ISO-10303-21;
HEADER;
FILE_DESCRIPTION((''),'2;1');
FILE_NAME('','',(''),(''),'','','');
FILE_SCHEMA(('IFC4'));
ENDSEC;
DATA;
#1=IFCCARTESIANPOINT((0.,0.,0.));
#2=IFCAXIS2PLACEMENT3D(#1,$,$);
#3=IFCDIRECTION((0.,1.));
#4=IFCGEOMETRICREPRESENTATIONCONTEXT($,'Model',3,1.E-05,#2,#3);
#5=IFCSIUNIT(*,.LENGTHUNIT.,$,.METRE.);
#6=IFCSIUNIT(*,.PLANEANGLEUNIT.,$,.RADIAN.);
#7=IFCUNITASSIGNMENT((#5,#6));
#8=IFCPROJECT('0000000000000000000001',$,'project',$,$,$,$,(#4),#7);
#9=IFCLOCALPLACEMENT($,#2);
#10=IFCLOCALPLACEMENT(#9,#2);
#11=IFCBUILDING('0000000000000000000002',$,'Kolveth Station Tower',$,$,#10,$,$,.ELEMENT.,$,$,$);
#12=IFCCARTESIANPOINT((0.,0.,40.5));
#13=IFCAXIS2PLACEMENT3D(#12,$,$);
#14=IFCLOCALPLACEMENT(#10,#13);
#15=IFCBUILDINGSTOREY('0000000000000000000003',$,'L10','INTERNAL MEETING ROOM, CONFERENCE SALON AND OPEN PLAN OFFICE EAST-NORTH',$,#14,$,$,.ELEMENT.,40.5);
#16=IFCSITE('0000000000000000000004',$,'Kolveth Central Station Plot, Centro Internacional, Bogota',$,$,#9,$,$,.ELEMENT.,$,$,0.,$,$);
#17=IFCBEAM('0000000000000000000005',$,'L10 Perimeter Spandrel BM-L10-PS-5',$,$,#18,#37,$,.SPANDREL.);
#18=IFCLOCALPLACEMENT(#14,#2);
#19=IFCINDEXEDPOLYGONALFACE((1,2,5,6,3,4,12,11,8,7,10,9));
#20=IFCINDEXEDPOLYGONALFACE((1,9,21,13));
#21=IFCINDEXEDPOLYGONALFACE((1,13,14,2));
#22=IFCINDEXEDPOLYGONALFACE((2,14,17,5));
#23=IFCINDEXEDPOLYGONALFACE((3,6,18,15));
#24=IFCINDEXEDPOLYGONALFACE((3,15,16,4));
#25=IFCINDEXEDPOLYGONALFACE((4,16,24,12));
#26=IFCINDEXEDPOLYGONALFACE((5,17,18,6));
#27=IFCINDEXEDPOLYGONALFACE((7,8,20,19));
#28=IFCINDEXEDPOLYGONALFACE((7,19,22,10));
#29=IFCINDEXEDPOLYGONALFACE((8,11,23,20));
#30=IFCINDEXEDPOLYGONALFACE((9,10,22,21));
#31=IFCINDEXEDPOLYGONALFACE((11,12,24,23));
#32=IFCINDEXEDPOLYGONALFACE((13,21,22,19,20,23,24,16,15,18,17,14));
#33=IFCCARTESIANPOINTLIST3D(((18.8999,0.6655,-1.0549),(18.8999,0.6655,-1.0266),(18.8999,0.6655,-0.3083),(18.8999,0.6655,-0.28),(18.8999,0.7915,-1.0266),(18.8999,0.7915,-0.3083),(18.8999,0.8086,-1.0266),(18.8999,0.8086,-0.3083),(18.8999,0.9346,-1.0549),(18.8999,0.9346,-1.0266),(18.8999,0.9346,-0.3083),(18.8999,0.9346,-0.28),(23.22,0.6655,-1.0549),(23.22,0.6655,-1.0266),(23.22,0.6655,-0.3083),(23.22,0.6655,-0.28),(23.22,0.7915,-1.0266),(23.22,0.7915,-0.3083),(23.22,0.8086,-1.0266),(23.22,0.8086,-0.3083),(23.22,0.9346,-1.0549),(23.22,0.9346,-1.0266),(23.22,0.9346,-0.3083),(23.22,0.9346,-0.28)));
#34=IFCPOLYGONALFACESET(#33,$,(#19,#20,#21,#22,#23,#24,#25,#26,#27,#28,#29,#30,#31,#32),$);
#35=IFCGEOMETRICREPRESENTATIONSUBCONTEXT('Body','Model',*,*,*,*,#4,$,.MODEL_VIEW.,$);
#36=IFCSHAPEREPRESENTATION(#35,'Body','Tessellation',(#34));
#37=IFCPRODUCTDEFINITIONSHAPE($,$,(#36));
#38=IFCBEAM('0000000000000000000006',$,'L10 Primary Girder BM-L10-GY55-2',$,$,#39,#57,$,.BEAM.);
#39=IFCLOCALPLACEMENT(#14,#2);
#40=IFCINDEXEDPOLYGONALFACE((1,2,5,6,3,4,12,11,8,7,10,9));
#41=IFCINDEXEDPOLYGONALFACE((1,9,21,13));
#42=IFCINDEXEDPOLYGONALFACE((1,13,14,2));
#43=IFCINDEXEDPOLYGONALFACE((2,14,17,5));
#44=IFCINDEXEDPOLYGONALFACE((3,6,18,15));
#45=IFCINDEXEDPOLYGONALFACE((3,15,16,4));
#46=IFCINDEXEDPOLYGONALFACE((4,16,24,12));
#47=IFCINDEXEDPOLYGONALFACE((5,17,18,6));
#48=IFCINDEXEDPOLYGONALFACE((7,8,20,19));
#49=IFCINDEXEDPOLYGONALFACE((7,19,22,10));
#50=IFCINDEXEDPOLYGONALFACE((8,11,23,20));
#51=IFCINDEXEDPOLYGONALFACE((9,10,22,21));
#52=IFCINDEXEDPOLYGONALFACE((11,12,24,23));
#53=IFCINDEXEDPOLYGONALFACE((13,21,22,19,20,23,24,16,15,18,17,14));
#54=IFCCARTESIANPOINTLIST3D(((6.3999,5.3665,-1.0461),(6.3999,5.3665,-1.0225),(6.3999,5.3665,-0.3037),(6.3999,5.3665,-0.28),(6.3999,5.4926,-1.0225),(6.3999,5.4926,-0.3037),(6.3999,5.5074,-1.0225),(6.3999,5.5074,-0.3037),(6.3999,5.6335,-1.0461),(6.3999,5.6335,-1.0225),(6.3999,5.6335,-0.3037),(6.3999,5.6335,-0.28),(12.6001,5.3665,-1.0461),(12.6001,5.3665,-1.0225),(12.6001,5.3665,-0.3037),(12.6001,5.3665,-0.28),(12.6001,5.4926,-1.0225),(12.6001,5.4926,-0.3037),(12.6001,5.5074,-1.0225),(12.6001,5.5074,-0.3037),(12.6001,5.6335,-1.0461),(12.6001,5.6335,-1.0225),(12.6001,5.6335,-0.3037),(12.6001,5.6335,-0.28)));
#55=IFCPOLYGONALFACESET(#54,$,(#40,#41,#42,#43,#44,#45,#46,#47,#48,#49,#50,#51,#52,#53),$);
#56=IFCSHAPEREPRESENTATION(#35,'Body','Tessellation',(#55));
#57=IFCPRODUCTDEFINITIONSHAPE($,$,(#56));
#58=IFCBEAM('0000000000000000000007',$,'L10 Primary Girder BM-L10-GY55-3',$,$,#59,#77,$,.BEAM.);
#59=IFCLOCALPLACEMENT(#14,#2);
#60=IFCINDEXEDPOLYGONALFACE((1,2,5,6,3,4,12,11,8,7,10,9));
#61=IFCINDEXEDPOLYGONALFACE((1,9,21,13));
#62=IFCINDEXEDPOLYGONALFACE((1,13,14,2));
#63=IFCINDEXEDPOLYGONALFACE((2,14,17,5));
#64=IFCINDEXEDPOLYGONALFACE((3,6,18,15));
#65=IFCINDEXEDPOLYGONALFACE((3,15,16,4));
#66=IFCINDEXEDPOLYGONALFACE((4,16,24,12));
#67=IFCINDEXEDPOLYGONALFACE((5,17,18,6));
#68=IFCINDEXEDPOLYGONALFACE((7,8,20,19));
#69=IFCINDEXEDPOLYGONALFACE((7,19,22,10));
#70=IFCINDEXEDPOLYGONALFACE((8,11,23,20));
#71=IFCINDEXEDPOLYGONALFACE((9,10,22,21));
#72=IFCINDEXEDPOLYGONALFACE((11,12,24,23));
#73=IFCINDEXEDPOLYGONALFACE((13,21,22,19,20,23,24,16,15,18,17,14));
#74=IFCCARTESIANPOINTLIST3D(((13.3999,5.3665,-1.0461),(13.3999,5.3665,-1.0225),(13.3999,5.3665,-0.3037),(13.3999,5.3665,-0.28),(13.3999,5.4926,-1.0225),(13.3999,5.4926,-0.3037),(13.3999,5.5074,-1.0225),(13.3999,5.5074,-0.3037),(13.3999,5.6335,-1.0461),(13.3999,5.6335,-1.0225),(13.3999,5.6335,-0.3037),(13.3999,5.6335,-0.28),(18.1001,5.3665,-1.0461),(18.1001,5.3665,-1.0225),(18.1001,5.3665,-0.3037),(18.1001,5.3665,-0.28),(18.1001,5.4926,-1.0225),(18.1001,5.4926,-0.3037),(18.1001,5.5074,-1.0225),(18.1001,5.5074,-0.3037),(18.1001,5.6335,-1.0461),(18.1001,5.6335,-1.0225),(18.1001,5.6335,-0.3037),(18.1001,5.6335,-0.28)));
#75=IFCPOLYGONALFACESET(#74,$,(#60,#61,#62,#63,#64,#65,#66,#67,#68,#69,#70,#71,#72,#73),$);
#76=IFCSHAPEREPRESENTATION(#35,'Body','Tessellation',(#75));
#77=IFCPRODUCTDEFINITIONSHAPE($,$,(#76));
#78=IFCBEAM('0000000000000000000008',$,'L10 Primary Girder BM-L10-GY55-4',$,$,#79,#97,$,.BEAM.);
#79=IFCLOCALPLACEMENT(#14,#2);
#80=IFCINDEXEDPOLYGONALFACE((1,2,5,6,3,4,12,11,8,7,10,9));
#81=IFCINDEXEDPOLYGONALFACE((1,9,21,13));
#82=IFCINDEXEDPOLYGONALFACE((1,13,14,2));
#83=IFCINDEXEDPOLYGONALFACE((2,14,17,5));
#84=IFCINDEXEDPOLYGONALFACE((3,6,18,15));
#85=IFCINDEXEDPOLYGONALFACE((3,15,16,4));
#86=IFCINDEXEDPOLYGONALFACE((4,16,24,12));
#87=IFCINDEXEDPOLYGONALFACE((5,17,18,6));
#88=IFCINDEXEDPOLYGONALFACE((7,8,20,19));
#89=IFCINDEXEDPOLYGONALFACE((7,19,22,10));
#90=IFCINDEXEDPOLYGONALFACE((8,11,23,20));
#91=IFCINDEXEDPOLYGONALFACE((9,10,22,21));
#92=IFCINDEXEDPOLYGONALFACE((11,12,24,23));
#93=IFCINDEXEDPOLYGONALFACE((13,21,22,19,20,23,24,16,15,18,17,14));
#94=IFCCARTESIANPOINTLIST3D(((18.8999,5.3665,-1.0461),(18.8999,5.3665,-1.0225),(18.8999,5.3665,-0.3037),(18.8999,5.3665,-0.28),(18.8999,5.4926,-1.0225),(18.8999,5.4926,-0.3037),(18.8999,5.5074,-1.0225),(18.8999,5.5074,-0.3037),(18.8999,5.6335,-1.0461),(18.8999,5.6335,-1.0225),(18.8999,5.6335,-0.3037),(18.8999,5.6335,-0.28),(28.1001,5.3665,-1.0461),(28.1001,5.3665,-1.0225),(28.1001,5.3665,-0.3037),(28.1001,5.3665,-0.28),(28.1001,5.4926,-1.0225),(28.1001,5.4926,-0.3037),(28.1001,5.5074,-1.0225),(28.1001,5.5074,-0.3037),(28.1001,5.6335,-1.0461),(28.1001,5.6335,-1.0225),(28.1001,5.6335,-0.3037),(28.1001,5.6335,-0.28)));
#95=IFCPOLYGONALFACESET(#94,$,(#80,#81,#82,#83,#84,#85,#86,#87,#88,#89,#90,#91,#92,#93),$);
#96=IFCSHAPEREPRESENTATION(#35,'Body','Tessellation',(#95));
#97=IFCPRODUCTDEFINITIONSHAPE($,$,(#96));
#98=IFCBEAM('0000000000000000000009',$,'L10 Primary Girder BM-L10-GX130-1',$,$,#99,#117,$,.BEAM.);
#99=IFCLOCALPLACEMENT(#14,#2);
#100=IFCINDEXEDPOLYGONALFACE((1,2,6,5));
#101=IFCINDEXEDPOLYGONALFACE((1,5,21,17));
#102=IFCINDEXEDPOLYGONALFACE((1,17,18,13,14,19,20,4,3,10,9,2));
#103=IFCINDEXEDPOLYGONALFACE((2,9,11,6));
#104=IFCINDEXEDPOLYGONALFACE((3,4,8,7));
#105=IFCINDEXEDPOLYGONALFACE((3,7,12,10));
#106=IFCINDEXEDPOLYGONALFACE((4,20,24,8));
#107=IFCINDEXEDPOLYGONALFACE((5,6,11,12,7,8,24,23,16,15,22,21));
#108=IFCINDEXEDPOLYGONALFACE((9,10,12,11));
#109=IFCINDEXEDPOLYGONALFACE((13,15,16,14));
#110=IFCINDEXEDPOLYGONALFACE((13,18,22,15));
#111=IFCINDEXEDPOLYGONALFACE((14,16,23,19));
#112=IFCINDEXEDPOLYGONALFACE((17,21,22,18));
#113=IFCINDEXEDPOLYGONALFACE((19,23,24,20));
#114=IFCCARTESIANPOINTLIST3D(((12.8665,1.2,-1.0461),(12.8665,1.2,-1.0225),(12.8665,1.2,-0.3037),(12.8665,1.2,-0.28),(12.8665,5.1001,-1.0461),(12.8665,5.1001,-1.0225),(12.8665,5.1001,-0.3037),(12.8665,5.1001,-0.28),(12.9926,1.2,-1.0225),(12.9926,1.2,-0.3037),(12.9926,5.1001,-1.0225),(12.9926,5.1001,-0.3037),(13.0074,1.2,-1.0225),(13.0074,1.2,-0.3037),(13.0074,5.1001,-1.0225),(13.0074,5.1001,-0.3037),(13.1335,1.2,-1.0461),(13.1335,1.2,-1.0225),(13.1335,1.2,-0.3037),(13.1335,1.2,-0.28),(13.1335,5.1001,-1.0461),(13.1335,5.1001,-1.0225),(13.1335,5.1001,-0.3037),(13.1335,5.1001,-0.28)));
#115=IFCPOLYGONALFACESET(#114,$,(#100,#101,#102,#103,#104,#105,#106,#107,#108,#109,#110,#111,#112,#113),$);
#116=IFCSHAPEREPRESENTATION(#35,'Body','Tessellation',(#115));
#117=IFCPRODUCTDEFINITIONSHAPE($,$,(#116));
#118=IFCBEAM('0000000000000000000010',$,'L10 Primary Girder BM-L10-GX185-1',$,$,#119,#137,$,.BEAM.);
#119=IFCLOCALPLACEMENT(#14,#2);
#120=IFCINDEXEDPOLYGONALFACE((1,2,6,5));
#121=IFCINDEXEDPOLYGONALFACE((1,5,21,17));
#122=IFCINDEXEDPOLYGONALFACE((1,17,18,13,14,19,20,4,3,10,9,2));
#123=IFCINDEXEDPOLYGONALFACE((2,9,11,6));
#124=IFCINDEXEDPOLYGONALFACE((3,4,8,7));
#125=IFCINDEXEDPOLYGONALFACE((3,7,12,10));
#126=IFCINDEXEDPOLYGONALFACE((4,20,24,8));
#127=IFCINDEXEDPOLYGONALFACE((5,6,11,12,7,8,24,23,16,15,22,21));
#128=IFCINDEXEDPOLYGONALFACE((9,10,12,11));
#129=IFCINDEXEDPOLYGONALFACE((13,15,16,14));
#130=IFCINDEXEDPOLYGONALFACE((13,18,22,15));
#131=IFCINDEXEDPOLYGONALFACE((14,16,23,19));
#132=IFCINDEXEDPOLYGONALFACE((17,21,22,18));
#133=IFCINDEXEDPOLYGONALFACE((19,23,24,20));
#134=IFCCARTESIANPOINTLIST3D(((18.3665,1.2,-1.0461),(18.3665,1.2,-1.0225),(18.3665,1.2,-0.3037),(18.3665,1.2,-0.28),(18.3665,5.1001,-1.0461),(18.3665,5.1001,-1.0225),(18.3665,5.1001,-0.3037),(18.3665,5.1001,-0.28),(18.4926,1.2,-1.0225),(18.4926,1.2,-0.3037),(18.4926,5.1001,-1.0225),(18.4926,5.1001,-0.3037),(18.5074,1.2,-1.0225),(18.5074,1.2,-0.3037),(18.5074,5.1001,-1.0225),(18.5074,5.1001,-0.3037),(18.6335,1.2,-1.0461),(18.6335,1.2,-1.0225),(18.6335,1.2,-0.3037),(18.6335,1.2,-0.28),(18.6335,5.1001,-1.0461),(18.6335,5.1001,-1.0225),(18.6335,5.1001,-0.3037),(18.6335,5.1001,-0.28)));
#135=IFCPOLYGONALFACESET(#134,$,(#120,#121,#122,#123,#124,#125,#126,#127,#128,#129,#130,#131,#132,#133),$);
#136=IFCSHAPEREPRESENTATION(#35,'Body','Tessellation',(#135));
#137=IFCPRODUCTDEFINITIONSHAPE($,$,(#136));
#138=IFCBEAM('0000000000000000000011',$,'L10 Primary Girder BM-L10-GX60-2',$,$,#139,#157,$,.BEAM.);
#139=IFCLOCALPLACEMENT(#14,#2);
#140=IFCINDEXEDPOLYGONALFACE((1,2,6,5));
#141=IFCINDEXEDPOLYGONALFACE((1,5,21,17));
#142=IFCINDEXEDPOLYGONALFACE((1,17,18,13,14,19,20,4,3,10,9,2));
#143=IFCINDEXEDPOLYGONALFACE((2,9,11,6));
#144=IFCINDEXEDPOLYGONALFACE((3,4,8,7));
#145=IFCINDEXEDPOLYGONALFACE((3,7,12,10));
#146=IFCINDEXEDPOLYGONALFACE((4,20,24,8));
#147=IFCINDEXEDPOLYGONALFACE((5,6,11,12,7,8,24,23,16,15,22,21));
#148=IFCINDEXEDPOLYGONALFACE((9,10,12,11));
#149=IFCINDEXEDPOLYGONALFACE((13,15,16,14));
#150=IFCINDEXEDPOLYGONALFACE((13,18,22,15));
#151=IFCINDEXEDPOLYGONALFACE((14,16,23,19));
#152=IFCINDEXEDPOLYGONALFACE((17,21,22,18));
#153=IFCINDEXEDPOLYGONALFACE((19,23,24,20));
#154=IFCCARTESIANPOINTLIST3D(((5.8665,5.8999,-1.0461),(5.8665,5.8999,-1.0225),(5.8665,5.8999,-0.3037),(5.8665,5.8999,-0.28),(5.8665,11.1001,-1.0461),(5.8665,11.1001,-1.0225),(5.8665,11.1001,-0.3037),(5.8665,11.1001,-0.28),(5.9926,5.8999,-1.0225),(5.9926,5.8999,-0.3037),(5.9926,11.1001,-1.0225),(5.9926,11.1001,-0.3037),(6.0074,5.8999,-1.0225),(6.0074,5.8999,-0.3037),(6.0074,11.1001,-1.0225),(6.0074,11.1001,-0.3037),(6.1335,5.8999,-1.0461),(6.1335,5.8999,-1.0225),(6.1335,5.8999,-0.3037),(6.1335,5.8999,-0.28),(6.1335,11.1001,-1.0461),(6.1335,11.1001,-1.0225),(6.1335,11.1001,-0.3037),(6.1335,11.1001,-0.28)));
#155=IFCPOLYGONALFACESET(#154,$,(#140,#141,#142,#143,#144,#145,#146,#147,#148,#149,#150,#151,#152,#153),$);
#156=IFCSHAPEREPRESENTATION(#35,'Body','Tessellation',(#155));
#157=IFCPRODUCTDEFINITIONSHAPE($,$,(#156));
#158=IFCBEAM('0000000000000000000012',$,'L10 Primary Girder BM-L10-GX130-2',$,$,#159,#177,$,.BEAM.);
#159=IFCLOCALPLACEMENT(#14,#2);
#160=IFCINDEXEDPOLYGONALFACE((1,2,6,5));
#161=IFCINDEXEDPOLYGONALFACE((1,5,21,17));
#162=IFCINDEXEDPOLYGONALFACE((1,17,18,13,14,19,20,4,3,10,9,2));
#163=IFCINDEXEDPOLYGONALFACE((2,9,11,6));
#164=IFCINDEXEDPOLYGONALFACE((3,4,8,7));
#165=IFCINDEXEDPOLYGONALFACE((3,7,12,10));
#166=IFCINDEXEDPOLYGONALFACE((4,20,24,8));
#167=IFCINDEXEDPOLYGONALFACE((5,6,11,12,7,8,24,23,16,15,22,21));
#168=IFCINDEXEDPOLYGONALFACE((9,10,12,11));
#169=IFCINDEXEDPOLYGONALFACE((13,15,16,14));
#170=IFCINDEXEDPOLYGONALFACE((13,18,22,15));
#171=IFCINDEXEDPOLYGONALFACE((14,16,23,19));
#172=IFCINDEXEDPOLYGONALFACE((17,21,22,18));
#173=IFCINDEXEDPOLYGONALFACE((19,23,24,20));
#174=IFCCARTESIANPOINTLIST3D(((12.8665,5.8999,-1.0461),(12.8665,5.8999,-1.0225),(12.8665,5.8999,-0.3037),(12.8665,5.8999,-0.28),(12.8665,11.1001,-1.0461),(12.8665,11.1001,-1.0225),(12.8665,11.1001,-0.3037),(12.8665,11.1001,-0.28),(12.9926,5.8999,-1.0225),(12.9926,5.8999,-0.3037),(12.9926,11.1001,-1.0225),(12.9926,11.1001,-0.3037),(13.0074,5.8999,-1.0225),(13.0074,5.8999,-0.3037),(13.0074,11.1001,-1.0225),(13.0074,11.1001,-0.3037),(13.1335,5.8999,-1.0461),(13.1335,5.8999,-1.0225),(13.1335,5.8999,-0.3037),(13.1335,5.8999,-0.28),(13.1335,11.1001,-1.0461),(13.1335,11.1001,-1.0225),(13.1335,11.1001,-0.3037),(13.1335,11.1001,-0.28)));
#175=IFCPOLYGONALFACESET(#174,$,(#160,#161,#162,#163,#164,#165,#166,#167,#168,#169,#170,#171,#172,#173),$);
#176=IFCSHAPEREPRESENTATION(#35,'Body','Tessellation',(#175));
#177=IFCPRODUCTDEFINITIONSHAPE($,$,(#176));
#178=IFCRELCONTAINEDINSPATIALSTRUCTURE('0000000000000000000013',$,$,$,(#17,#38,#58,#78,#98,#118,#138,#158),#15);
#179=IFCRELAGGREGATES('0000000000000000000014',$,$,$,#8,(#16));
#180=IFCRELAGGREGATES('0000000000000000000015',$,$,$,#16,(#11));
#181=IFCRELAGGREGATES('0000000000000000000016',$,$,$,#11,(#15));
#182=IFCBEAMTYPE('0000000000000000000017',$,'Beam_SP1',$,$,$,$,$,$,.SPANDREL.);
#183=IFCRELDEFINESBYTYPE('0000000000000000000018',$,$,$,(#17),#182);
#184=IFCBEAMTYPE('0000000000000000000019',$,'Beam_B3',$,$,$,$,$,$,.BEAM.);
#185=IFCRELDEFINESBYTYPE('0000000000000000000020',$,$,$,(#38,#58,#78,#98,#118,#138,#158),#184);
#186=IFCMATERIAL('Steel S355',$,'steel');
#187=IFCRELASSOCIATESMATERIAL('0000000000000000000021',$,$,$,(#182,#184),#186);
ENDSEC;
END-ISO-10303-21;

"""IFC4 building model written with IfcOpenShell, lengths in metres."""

from ifc_helpers import new_model, si_unit, direction, frame, origin, origin_2d, place, context, subcontext, project, spatial, i_section, extrude, source, transform, mapped, material, material_profile, profile_set, type_object, element, save


model = new_model("IFC4")

# Units and contexts
model_context = context("Model", 3, precision=1e-05, world=origin(), true_north=direction((0.0, 1.0)))
body_context = subcontext(model_context, "Body", "Model", "MODEL_VIEW")
ifc_project = project(units=[si_unit("LENGTHUNIT", "METRE"), si_unit("PLANEANGLEUNIT", "RADIAN")], contexts=[model_context])

# Site, building, storey
site_placement = place(None, origin())
site = spatial("IfcSite", under=ifc_project, at=site_placement, Name="Kolveth Central Station Plot, Centro Internacional, Bogota", CompositionType="ELEMENT", RefElevation=0.0)
building_placement = place(site_placement, origin())
building = spatial("IfcBuilding", under=site, at=building_placement, Name="Kolveth Station Tower", CompositionType="ELEMENT")
storey_placement = place(building_placement, frame((0.0, 0.0, 40.5)))
storey = spatial("IfcBuildingStorey", under=building, at=storey_placement, Name="L10", Description="INTERNAL MEETING ROOM, CONFERENCE SALON AND OPEN PLAN OFFICE EAST-NORTH", CompositionType="ELEMENT", Elevation=40.5)

# Shared definitions
ifc_material_1 = material(Name="Steel S355", Category="steel")

# Beams
ifc_material_profile_1 = material_profile(ifc_material_1, i_section(OverallWidth=0.269, OverallDepth=0.7749, WebThickness=0.0171, FlangeThickness=0.0283, at=origin_2d()), Name="W760x220")
ifc_profile_set_1 = profile_set([ifc_material_profile_1], Name="Steel S355")
beam_type_1 = type_object("IfcBeamType", Name="Beam_SP1", PredefinedType="SPANDREL", material=ifc_profile_set_1)
shared_shape_1 = source(origin(), body_context, "Body", "SweptSolid", [
    extrude(i_section(OverallWidth=0.269, OverallDepth=0.7749, WebThickness=0.0171, FlangeThickness=0.0283, at=origin_2d()), origin(), (0.0, 0.0, 1.0), 4.3201),
])
beam_1_placement = place(storey_placement, frame((18.8999, 0.8, -0.6675), z_axis=(1.0, 0.0, 0.0), x_axis=(0.0, 1.0, 0.0)))
element("IfcBeam", 1, at=beam_1_placement, inside=storey, type_object=beam_type_1, Name="L10 Perimeter Spandrel BM-L10-PS-5", PredefinedType="SPANDREL", context=body_context, shape_type="MappedRepresentation", body=[
    mapped(shared_shape_1, transform((0.0, 0.0, 0.0), x_axis=(1.0, 0.0, 0.0), y_axis=(0.0, 1.0, 0.0), z_axis=(0.0, 0.0, 1.0), scale=1.0)),
])
ifc_material_profile_2 = material_profile(ifc_material_1, i_section(OverallWidth=0.2671, OverallDepth=0.7661, WebThickness=0.0149, FlangeThickness=0.0237, at=origin_2d()), Name="W760x185")
ifc_profile_set_2 = profile_set([ifc_material_profile_2], Name="Steel S355")
beam_type_2 = type_object("IfcBeamType", Name="Beam_B3", PredefinedType="BEAM", material=ifc_profile_set_2)
shared_shape_2 = source(origin(), body_context, "Body", "SweptSolid", [
    extrude(i_section(OverallWidth=0.2671, OverallDepth=0.7661, WebThickness=0.0149, FlangeThickness=0.0237, at=origin_2d()), origin(), (0.0, 0.0, 1.0), 6.2002),
])
beam_2_placement = place(storey_placement, frame((6.3999, 5.5, -0.6631), z_axis=(1.0, 0.0, 0.0), x_axis=(0.0, 1.0, 0.0)))
element("IfcBeam", 2, at=beam_2_placement, inside=storey, type_object=beam_type_2, Name="L10 Primary Girder BM-L10-GY55-2", PredefinedType="BEAM", context=body_context, shape_type="MappedRepresentation", body=[
    mapped(shared_shape_2, transform((0.0, 0.0, 0.0), x_axis=(1.0, 0.0, 0.0), y_axis=(0.0, 1.0, 0.0), z_axis=(0.0, 0.0, 1.0), scale=1.0)),
])
shared_shape_3 = source(origin(), body_context, "Body", "SweptSolid", [
    extrude(i_section(OverallWidth=0.2671, OverallDepth=0.7661, WebThickness=0.0149, FlangeThickness=0.0237, at=origin_2d()), origin(), (0.0, 0.0, 1.0), 4.7002),
])
beam_3_placement = place(storey_placement, frame((13.3999, 5.5, -0.6631), z_axis=(1.0, 0.0, 0.0), x_axis=(0.0, 1.0, 0.0)))
element("IfcBeam", 3, at=beam_3_placement, inside=storey, type_object=beam_type_2, Name="L10 Primary Girder BM-L10-GY55-3", PredefinedType="BEAM", context=body_context, shape_type="MappedRepresentation", body=[
    mapped(shared_shape_3, transform((0.0, 0.0, 0.0), x_axis=(1.0, 0.0, 0.0), y_axis=(0.0, 1.0, 0.0), z_axis=(0.0, 0.0, 1.0), scale=1.0)),
])
shared_shape_4 = source(origin(), body_context, "Body", "SweptSolid", [
    extrude(i_section(OverallWidth=0.2671, OverallDepth=0.7661, WebThickness=0.0149, FlangeThickness=0.0237, at=origin_2d()), origin(), (0.0, 0.0, 1.0), 9.2002),
])
beam_4_placement = place(storey_placement, frame((18.8999, 5.5, -0.6631), z_axis=(1.0, 0.0, 0.0), x_axis=(0.0, 1.0, 0.0)))
element("IfcBeam", 4, at=beam_4_placement, inside=storey, type_object=beam_type_2, Name="L10 Primary Girder BM-L10-GY55-4", PredefinedType="BEAM", context=body_context, shape_type="MappedRepresentation", body=[
    mapped(shared_shape_4, transform((0.0, 0.0, 0.0), x_axis=(1.0, 0.0, 0.0), y_axis=(0.0, 1.0, 0.0), z_axis=(0.0, 0.0, 1.0), scale=1.0)),
])
shared_shape_5 = source(origin(), body_context, "Body", "SweptSolid", [
    extrude(i_section(OverallWidth=0.2671, OverallDepth=0.7661, WebThickness=0.0149, FlangeThickness=0.0237, at=origin_2d()), origin(), (0.0, 0.0, 1.0), 3.9001),
])
for number, where, z_axis, x_axis, name in (
    (5, (13.0, 1.2, -0.6631), (0.0, 1.0, 0.0), (-1.0, 0.0, 0.0), "L10 Primary Girder BM-L10-GX130-1"),
    (6, (18.5, 1.2, -0.6631), (0.0, 1.0, 0.0), (-1.0, 0.0, 0.0), "L10 Primary Girder BM-L10-GX185-1"),
):
    element("IfcBeam", number, at=place(storey_placement, frame(where, z_axis=z_axis, x_axis=x_axis)), inside=storey, type_object=beam_type_2, Name=name, PredefinedType="BEAM", context=body_context, shape_type="MappedRepresentation", body=[
        mapped(shared_shape_5, transform((0.0, 0.0, 0.0), x_axis=(1.0, 0.0, 0.0), y_axis=(0.0, 1.0, 0.0), z_axis=(0.0, 0.0, 1.0), scale=1.0)),
    ])
shared_shape_6 = source(origin(), body_context, "Body", "SweptSolid", [
    extrude(i_section(OverallWidth=0.2671, OverallDepth=0.7661, WebThickness=0.0149, FlangeThickness=0.0237, at=origin_2d()), origin(), (0.0, 0.0, 1.0), 5.2002),
])
for number, where, z_axis, x_axis, name in (
    (7, (6.0, 5.8999, -0.6631), (0.0, 1.0, 0.0), (-1.0, 0.0, 0.0), "L10 Primary Girder BM-L10-GX60-2"),
    (8, (13.0, 5.8999, -0.6631), (0.0, 1.0, 0.0), (-1.0, 0.0, 0.0), "L10 Primary Girder BM-L10-GX130-2"),
):
    element("IfcBeam", number, at=place(storey_placement, frame(where, z_axis=z_axis, x_axis=x_axis)), inside=storey, type_object=beam_type_2, Name=name, PredefinedType="BEAM", context=body_context, shape_type="MappedRepresentation", body=[
        mapped(shared_shape_6, transform((0.0, 0.0, 0.0), x_axis=(1.0, 0.0, 0.0), y_axis=(0.0, 1.0, 0.0), z_axis=(0.0, 0.0, 1.0), scale=1.0)),
    ])

save(model, "model.ifc")
